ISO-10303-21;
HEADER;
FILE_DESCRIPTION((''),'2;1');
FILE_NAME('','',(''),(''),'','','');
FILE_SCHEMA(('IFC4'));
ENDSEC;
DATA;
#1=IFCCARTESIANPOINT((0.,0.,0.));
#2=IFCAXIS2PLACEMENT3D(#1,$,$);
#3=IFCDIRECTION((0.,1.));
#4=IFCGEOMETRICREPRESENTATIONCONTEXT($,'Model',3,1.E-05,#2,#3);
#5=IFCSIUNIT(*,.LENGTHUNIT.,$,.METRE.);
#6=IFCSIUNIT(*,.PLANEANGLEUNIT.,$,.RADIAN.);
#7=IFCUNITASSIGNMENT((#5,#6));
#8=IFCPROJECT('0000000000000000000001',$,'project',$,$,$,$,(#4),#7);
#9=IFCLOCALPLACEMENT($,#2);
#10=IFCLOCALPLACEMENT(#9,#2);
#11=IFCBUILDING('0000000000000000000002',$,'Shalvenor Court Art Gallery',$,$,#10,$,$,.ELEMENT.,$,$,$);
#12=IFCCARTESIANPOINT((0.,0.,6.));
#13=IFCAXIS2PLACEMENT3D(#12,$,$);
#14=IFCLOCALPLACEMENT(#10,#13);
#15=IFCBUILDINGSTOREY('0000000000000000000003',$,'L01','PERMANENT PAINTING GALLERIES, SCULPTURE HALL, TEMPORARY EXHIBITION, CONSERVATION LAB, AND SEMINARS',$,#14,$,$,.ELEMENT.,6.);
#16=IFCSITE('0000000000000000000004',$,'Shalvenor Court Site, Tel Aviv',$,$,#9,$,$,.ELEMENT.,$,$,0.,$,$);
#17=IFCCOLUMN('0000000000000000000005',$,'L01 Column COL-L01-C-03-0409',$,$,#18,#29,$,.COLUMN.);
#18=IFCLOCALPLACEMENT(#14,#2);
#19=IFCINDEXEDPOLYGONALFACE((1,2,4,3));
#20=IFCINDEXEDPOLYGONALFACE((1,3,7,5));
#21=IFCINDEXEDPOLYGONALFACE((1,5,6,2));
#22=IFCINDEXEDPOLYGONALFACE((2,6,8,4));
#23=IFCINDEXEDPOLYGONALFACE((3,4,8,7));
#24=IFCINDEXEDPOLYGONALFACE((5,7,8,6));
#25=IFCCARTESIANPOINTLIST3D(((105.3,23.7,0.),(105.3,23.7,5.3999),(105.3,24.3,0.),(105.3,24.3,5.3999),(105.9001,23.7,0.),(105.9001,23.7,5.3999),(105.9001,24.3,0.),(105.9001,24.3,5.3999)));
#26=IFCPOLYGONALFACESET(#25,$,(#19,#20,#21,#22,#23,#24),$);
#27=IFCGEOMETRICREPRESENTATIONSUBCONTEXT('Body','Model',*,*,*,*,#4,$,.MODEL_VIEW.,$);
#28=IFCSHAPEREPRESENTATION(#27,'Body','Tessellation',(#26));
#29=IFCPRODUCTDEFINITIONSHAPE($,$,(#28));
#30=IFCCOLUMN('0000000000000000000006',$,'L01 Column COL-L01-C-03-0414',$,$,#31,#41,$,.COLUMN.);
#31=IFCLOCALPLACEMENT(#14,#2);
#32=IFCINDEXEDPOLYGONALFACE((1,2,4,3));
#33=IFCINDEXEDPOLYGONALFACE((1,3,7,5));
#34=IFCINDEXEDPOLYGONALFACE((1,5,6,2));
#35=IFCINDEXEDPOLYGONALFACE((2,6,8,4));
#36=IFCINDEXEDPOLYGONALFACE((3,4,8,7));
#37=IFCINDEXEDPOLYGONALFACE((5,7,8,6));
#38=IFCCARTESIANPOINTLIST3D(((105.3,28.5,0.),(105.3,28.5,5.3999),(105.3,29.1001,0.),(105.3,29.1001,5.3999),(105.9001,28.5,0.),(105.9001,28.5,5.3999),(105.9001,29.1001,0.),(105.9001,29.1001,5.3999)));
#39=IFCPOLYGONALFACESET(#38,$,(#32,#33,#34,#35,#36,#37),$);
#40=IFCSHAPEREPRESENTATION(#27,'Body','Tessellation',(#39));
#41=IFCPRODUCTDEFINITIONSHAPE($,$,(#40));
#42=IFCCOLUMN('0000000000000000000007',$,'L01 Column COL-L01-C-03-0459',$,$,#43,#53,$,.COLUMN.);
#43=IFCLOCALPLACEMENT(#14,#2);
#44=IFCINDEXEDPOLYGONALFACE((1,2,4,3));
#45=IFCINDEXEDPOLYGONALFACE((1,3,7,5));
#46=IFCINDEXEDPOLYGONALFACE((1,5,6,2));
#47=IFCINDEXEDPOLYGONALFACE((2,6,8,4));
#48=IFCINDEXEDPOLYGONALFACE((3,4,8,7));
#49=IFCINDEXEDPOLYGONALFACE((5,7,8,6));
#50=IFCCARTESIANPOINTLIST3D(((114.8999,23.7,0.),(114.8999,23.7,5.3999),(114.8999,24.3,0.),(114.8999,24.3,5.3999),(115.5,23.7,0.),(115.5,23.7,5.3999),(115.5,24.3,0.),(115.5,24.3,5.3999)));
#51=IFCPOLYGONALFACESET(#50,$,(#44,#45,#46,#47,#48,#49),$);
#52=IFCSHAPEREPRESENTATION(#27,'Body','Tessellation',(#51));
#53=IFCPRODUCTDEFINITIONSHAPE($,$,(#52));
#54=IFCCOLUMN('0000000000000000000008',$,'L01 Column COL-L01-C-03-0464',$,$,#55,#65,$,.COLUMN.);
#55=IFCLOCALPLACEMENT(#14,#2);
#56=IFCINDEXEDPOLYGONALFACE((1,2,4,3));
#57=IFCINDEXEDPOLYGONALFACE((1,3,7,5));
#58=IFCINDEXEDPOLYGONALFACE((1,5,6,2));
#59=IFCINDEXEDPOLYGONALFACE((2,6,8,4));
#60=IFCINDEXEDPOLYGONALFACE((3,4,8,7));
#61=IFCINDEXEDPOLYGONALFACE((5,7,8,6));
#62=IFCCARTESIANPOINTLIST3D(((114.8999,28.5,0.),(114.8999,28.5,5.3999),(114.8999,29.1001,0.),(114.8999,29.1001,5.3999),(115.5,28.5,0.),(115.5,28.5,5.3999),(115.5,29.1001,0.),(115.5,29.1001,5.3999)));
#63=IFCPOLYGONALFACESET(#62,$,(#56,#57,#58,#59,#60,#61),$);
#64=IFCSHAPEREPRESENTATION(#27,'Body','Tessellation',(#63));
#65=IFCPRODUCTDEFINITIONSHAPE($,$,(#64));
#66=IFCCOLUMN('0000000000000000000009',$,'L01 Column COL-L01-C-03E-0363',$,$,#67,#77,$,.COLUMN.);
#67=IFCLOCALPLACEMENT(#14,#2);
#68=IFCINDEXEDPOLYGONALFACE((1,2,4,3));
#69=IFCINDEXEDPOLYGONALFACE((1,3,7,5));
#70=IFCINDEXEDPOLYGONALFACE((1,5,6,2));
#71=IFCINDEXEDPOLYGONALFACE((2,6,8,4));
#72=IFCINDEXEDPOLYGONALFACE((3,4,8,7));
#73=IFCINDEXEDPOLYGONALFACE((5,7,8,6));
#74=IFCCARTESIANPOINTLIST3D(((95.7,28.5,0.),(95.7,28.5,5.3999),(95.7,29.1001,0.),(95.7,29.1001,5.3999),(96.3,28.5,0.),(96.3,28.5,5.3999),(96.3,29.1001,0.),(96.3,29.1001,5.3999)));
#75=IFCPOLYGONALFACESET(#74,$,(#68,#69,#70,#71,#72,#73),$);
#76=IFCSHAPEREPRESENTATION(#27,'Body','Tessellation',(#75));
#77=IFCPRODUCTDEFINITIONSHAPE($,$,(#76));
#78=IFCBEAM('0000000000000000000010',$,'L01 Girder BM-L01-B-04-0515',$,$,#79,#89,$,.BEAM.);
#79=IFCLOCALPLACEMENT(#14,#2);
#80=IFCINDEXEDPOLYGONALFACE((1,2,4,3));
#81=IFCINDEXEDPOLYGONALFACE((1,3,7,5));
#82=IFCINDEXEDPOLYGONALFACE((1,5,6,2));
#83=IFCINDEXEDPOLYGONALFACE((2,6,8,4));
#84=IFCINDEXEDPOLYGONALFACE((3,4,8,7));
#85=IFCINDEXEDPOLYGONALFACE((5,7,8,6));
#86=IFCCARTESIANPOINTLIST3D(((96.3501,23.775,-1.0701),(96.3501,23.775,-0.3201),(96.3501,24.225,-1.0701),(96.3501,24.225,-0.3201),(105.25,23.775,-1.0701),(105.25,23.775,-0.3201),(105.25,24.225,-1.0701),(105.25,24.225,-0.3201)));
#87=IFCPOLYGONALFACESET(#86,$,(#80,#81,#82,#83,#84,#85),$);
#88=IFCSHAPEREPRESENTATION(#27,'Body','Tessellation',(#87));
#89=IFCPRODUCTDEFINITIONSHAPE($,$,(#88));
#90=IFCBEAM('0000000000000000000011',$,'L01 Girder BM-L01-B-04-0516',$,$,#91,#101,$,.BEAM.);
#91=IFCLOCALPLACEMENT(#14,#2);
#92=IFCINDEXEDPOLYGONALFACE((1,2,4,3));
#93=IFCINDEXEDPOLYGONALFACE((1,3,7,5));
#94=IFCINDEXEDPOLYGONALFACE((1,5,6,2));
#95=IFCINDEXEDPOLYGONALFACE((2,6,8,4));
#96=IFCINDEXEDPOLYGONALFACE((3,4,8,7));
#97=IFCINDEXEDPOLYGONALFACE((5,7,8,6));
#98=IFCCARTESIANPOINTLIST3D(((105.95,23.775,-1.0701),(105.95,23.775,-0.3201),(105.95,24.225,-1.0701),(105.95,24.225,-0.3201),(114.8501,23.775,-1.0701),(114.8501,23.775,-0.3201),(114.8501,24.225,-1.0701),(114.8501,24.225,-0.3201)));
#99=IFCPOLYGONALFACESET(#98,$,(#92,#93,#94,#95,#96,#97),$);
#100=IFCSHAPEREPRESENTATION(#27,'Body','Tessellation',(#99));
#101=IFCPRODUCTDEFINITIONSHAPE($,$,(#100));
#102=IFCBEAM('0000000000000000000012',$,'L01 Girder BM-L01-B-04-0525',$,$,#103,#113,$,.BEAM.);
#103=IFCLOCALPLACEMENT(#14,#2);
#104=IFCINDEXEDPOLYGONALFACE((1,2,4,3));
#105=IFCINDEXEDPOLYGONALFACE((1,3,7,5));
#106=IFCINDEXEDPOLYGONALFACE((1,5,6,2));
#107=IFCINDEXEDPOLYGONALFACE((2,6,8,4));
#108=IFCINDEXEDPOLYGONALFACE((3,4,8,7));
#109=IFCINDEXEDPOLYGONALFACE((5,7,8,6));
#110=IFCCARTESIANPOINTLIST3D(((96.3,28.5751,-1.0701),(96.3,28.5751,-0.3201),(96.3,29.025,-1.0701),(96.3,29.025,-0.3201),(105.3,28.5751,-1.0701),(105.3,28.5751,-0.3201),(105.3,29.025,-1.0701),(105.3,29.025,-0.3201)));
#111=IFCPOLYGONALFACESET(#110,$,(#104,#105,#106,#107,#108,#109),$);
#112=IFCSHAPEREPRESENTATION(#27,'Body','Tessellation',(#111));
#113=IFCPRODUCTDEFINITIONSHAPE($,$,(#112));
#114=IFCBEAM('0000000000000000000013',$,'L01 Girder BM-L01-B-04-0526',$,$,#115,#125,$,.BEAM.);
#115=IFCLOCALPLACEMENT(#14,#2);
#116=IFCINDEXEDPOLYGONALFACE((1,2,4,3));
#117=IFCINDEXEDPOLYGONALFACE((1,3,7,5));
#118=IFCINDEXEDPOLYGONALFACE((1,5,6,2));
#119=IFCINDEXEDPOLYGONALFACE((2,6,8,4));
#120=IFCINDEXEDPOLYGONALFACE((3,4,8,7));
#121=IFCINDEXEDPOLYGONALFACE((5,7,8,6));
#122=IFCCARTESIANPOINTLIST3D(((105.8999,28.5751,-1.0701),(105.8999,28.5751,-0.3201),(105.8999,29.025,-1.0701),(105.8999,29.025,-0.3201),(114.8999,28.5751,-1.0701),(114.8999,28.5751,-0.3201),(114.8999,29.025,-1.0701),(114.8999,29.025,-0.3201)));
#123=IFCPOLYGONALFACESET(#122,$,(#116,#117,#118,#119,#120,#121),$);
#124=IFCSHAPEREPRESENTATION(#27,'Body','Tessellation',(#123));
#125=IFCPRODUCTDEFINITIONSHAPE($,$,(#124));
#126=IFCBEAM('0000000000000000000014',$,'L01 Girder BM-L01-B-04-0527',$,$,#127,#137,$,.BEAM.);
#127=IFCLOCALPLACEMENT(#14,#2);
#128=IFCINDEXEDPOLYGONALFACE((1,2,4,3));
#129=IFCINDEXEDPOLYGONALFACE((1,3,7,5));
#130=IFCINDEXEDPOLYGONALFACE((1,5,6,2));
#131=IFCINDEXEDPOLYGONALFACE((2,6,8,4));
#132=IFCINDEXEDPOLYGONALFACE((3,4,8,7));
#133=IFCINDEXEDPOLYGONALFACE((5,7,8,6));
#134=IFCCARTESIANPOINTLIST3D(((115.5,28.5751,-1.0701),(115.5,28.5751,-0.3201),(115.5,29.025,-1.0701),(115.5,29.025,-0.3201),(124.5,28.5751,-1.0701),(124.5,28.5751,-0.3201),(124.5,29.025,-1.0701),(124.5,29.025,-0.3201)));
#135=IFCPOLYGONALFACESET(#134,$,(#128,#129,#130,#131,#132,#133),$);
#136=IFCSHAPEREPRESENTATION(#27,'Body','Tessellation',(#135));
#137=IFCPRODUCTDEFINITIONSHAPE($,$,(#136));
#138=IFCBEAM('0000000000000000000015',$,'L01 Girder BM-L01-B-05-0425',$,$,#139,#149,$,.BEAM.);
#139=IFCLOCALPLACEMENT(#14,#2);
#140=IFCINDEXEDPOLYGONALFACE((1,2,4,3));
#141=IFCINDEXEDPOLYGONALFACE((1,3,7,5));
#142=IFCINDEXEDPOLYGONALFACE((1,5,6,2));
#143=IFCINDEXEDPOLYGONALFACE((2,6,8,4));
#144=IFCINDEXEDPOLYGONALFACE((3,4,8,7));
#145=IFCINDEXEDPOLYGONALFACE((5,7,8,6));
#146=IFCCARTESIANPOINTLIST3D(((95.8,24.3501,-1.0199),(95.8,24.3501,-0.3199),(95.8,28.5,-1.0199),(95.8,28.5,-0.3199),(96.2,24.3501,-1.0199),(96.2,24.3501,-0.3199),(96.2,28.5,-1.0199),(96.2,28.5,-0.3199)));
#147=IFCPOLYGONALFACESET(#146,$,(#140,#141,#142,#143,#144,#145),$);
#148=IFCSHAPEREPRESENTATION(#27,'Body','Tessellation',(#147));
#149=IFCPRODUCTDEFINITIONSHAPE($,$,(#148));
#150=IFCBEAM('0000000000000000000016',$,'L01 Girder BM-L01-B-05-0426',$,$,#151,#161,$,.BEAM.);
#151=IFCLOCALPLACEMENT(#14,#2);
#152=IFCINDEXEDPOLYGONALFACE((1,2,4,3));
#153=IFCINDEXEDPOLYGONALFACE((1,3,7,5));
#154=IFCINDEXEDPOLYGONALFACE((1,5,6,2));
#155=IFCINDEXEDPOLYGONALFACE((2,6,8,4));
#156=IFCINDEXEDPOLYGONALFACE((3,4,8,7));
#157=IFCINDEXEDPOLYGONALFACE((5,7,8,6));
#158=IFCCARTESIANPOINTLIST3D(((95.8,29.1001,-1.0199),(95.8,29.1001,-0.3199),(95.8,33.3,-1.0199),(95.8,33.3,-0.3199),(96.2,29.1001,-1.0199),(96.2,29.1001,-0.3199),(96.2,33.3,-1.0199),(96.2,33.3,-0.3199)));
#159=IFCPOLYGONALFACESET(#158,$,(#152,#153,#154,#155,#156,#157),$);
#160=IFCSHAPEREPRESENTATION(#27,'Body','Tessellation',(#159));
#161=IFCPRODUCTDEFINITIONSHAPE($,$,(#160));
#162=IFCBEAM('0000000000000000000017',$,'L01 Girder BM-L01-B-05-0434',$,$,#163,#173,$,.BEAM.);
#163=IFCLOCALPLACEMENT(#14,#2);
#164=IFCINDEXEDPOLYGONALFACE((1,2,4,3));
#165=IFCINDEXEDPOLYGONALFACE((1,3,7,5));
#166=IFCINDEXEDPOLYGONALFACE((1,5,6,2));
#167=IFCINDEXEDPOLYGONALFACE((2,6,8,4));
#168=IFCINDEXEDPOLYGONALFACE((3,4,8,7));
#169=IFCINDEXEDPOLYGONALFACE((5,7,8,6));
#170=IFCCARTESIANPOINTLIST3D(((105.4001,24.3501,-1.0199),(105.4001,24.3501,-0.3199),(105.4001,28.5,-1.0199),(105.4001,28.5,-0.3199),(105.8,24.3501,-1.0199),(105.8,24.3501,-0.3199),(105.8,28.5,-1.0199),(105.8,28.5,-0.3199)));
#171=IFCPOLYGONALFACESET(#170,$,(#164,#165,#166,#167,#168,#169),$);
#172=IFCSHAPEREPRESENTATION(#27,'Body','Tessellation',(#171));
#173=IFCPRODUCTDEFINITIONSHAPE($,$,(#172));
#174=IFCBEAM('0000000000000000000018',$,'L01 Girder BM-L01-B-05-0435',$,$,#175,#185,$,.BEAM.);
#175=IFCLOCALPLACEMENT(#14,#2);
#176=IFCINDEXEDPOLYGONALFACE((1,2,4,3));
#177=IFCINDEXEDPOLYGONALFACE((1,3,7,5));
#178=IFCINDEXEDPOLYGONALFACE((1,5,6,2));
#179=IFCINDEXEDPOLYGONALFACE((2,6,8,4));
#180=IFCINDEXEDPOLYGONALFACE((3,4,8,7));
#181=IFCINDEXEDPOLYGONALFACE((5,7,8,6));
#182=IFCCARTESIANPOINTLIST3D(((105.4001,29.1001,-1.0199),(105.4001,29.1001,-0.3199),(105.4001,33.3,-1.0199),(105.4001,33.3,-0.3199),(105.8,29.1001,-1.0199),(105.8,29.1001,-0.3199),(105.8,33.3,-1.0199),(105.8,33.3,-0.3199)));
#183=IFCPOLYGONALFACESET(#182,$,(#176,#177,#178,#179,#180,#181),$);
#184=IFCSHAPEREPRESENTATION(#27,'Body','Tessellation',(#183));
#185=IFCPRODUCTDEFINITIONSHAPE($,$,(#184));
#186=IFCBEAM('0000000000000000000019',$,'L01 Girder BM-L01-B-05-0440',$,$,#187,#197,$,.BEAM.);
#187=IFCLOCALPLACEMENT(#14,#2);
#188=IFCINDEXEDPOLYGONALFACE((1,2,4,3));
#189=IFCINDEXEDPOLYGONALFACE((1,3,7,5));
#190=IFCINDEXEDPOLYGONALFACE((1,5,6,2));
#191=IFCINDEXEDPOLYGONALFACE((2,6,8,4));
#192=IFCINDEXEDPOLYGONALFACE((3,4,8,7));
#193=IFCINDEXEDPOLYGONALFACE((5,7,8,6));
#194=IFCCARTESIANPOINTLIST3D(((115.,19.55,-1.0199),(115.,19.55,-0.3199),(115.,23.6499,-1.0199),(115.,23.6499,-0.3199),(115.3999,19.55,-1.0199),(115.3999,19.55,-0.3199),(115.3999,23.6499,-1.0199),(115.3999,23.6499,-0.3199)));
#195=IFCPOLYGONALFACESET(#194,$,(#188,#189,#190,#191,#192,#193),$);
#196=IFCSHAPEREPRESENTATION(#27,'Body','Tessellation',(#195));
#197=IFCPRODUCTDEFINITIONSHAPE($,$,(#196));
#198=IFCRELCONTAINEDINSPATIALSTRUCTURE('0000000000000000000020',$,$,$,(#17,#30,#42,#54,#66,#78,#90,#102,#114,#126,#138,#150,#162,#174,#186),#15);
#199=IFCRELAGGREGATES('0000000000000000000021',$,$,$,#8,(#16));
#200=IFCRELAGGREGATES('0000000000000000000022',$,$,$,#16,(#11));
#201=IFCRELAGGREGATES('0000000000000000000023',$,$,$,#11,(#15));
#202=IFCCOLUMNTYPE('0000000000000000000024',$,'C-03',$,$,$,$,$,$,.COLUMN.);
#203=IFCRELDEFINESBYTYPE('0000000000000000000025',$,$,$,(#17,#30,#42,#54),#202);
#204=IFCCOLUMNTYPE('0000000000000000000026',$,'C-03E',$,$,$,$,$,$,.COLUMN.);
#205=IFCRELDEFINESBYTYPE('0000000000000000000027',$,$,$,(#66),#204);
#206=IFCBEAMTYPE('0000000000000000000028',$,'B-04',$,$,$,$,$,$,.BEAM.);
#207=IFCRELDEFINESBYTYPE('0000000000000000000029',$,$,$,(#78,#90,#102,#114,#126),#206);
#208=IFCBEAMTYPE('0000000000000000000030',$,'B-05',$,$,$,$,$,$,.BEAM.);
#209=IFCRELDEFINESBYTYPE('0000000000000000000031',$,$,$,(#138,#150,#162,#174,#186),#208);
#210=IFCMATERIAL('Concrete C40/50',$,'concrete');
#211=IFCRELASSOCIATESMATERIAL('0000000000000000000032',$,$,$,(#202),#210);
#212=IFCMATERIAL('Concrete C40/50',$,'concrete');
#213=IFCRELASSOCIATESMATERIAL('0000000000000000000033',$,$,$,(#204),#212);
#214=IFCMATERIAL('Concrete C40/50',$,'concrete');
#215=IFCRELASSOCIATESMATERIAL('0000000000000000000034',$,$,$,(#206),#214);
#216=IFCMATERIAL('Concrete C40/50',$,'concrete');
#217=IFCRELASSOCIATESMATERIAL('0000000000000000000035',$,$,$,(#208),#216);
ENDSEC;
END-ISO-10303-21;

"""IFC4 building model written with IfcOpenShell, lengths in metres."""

from ifc_helpers import new_model, si_unit, direction, frame, origin, origin_2d, place, context, subcontext, project, spatial, rectangle, extrude, material, material_profile, profile_set, type_object, element, save


model = new_model("IFC4")

# Units and contexts
model_context = context("Model", 3, precision=1e-05, world=origin(), true_north=direction((0.0, 1.0)))
body_context = subcontext(model_context, "Body", "Model", "MODEL_VIEW")
ifc_project = project(units=[si_unit("LENGTHUNIT", "METRE"), si_unit("PLANEANGLEUNIT", "RADIAN")], contexts=[model_context])

# Site, building, storey
site_placement = place(None, origin())
site = spatial("IfcSite", under=ifc_project, at=site_placement, Name="Shalvenor Court Site, Tel Aviv", CompositionType="ELEMENT", RefElevation=0.0)
building_placement = place(site_placement, origin())
building = spatial("IfcBuilding", under=site, at=building_placement, Name="Shalvenor Court Art Gallery", CompositionType="ELEMENT")
storey_placement = place(building_placement, frame((0.0, 0.0, 6.0)))
storey = spatial("IfcBuildingStorey", under=building, at=storey_placement, Name="L01", Description="PERMANENT PAINTING GALLERIES, SCULPTURE HALL, TEMPORARY EXHIBITION, CONSERVATION LAB, AND SEMINARS", CompositionType="ELEMENT", Elevation=6.0)

# Columns
ifc_material_1 = material(Name="Concrete C40/50", Category="concrete")
ifc_material_profile_1 = material_profile(ifc_material_1, rectangle(XDim=0.6001, YDim=0.6001, at=origin_2d()), Name="RC 600x600")
ifc_profile_set_1 = profile_set([ifc_material_profile_1], Name="Concrete C40/50")
column_type_1 = type_object("IfcColumnType", Name="C-03", PredefinedType="COLUMN", material=ifc_profile_set_1)
for number, where, z_axis, x_axis, name in (
    (1, (105.6001, 24.0, 0.0), (0.0, 0.0, 1.0), (1.0, 0.0, 0.0), "L01 Column COL-L01-C-03-0409"),
    (2, (105.6001, 28.8, 0.0), (0.0, 0.0, 1.0), (1.0, 0.0, 0.0), "L01 Column COL-L01-C-03-0414"),
    (3, (115.2, 24.0, 0.0), (0.0, 0.0, 1.0), (1.0, 0.0, 0.0), "L01 Column COL-L01-C-03-0459"),
    (4, (115.2, 28.8, 0.0), (0.0, 0.0, 1.0), (1.0, 0.0, 0.0), "L01 Column COL-L01-C-03-0464"),
):
    element("IfcColumn", number, at=place(storey_placement, frame(where, z_axis=z_axis, x_axis=x_axis)), inside=storey, type_object=column_type_1, Name=name, PredefinedType="COLUMN", context=body_context, shape_type="SweptSolid", body=[
        extrude(rectangle(XDim=0.6001, YDim=0.6001, at=origin_2d()), origin(), (0.0, 0.0, 1.0), 5.3999),
    ])
ifc_material_2 = material(Name="Concrete C40/50", Category="concrete")
ifc_material_profile_2 = material_profile(ifc_material_2, rectangle(XDim=0.6001, YDim=0.6001, at=origin_2d()), Name="RC 600x600")
ifc_profile_set_2 = profile_set([ifc_material_profile_2], Name="Concrete C40/50")
column_type_2 = type_object("IfcColumnType", Name="C-03E", PredefinedType="COLUMN", material=ifc_profile_set_2)
column_placement = place(storey_placement, frame((96.0, 28.8, 0.0), z_axis=(0.0, 0.0, 1.0), x_axis=(1.0, 0.0, 0.0)))
element("IfcColumn", 5, at=column_placement, inside=storey, type_object=column_type_2, Name="L01 Column COL-L01-C-03E-0363", PredefinedType="COLUMN", context=body_context, shape_type="SweptSolid", body=[
    extrude(rectangle(XDim=0.6001, YDim=0.6001, at=origin_2d()), origin(), (0.0, 0.0, 1.0), 5.3999),
])

# Beams
ifc_material_3 = material(Name="Concrete C40/50", Category="concrete")
ifc_material_profile_3 = material_profile(ifc_material_3, rectangle(XDim=0.45, YDim=0.75, at=origin_2d()), Name="RC 450x750")
ifc_profile_set_3 = profile_set([ifc_material_profile_3], Name="Concrete C40/50")
beam_type_1 = type_object("IfcBeamType", Name="B-04", PredefinedType="BEAM", material=ifc_profile_set_3)
beam_1_placement = place(storey_placement, frame((96.3501, 24.0, -0.6951), z_axis=(1.0, 0.0, 0.0), x_axis=(0.0, 1.0, 0.0)))
element("IfcBeam", 6, at=beam_1_placement, inside=storey, type_object=beam_type_1, Name="L01 Girder BM-L01-B-04-0515", PredefinedType="BEAM", context=body_context, shape_type="SweptSolid", body=[
    extrude(rectangle(XDim=0.45, YDim=0.75, at=origin_2d()), origin(), (0.0, 0.0, 1.0), 8.8999),
])
beam_2_placement = place(storey_placement, frame((105.95, 24.0, -0.6951), z_axis=(1.0, 0.0, 0.0), x_axis=(0.0, 1.0, 0.0)))
element("IfcBeam", 7, at=beam_2_placement, inside=storey, type_object=beam_type_1, Name="L01 Girder BM-L01-B-04-0516", PredefinedType="BEAM", context=body_context, shape_type="SweptSolid", body=[
    extrude(rectangle(XDim=0.45, YDim=0.75, at=origin_2d()), origin(), (0.0, 0.0, 1.0), 8.9001),
])
for number, where, z_axis, x_axis, name in (
    (8, (96.3, 28.8, -0.6951), (1.0, 0.0, 0.0), (0.0, 1.0, 0.0), "L01 Girder BM-L01-B-04-0525"),
    (9, (105.8999, 28.8, -0.6951), (1.0, 0.0, 0.0), (0.0, 1.0, 0.0), "L01 Girder BM-L01-B-04-0526"),
    (10, (115.5, 28.8, -0.6951), (1.0, 0.0, 0.0), (0.0, 1.0, 0.0), "L01 Girder BM-L01-B-04-0527"),
):
    element("IfcBeam", number, at=place(storey_placement, frame(where, z_axis=z_axis, x_axis=x_axis)), inside=storey, type_object=beam_type_1, Name=name, PredefinedType="BEAM", context=body_context, shape_type="SweptSolid", body=[
        extrude(rectangle(XDim=0.45, YDim=0.75, at=origin_2d()), origin(), (0.0, 0.0, 1.0), 9.0),
    ])
ifc_material_4 = material(Name="Concrete C40/50", Category="concrete")
ifc_material_profile_4 = material_profile(ifc_material_4, rectangle(XDim=0.3999, YDim=0.7, at=origin_2d()), Name="RC 400x700")
ifc_profile_set_4 = profile_set([ifc_material_profile_4], Name="Concrete C40/50")
beam_type_2 = type_object("IfcBeamType", Name="B-05", PredefinedType="BEAM", material=ifc_profile_set_4)
beam_3_placement = place(storey_placement, frame((96.0, 24.3501, -0.6699), z_axis=(0.0, 1.0, 0.0), x_axis=(-1.0, 0.0, 0.0)))
element("IfcBeam", 11, at=beam_3_placement, inside=storey, type_object=beam_type_2, Name="L01 Girder BM-L01-B-05-0425", PredefinedType="BEAM", context=body_context, shape_type="SweptSolid", body=[
    extrude(rectangle(XDim=0.3999, YDim=0.7, at=origin_2d()), origin(), (0.0, 0.0, 1.0), 4.1499),
])
beam_4_placement = place(storey_placement, frame((96.0, 29.1001, -0.6699), z_axis=(0.0, 1.0, 0.0), x_axis=(-1.0, 0.0, 0.0)))
element("IfcBeam", 12, at=beam_4_placement, inside=storey, type_object=beam_type_2, Name="L01 Girder BM-L01-B-05-0426", PredefinedType="BEAM", context=body_context, shape_type="SweptSolid", body=[
    extrude(rectangle(XDim=0.3999, YDim=0.7, at=origin_2d()), origin(), (0.0, 0.0, 1.0), 4.2),
])
beam_5_placement = place(storey_placement, frame((105.6001, 24.3501, -0.6699), z_axis=(0.0, 1.0, 0.0), x_axis=(-1.0, 0.0, 0.0)))
element("IfcBeam", 13, at=beam_5_placement, inside=storey, type_object=beam_type_2, Name="L01 Girder BM-L01-B-05-0434", PredefinedType="BEAM", context=body_context, shape_type="SweptSolid", body=[
    extrude(rectangle(XDim=0.3999, YDim=0.7, at=origin_2d()), origin(), (0.0, 0.0, 1.0), 4.1499),
])
beam_6_placement = place(storey_placement, frame((105.6001, 29.1001, -0.6699), z_axis=(0.0, 1.0, 0.0), x_axis=(-1.0, 0.0, 0.0)))
element("IfcBeam", 14, at=beam_6_placement, inside=storey, type_object=beam_type_2, Name="L01 Girder BM-L01-B-05-0435", PredefinedType="BEAM", context=body_context, shape_type="SweptSolid", body=[
    extrude(rectangle(XDim=0.3999, YDim=0.7, at=origin_2d()), origin(), (0.0, 0.0, 1.0), 4.2),
])
beam_7_placement = place(storey_placement, frame((115.2, 19.55, -0.6699), z_axis=(0.0, 1.0, 0.0), x_axis=(-1.0, 0.0, 0.0)))
element("IfcBeam", 15, at=beam_7_placement, inside=storey, type_object=beam_type_2, Name="L01 Girder BM-L01-B-05-0440", PredefinedType="BEAM", context=body_context, shape_type="SweptSolid", body=[
    extrude(rectangle(XDim=0.3999, YDim=0.7, at=origin_2d()), origin(), (0.0, 0.0, 1.0), 4.0999),
])

save(model, "model.ifc")
